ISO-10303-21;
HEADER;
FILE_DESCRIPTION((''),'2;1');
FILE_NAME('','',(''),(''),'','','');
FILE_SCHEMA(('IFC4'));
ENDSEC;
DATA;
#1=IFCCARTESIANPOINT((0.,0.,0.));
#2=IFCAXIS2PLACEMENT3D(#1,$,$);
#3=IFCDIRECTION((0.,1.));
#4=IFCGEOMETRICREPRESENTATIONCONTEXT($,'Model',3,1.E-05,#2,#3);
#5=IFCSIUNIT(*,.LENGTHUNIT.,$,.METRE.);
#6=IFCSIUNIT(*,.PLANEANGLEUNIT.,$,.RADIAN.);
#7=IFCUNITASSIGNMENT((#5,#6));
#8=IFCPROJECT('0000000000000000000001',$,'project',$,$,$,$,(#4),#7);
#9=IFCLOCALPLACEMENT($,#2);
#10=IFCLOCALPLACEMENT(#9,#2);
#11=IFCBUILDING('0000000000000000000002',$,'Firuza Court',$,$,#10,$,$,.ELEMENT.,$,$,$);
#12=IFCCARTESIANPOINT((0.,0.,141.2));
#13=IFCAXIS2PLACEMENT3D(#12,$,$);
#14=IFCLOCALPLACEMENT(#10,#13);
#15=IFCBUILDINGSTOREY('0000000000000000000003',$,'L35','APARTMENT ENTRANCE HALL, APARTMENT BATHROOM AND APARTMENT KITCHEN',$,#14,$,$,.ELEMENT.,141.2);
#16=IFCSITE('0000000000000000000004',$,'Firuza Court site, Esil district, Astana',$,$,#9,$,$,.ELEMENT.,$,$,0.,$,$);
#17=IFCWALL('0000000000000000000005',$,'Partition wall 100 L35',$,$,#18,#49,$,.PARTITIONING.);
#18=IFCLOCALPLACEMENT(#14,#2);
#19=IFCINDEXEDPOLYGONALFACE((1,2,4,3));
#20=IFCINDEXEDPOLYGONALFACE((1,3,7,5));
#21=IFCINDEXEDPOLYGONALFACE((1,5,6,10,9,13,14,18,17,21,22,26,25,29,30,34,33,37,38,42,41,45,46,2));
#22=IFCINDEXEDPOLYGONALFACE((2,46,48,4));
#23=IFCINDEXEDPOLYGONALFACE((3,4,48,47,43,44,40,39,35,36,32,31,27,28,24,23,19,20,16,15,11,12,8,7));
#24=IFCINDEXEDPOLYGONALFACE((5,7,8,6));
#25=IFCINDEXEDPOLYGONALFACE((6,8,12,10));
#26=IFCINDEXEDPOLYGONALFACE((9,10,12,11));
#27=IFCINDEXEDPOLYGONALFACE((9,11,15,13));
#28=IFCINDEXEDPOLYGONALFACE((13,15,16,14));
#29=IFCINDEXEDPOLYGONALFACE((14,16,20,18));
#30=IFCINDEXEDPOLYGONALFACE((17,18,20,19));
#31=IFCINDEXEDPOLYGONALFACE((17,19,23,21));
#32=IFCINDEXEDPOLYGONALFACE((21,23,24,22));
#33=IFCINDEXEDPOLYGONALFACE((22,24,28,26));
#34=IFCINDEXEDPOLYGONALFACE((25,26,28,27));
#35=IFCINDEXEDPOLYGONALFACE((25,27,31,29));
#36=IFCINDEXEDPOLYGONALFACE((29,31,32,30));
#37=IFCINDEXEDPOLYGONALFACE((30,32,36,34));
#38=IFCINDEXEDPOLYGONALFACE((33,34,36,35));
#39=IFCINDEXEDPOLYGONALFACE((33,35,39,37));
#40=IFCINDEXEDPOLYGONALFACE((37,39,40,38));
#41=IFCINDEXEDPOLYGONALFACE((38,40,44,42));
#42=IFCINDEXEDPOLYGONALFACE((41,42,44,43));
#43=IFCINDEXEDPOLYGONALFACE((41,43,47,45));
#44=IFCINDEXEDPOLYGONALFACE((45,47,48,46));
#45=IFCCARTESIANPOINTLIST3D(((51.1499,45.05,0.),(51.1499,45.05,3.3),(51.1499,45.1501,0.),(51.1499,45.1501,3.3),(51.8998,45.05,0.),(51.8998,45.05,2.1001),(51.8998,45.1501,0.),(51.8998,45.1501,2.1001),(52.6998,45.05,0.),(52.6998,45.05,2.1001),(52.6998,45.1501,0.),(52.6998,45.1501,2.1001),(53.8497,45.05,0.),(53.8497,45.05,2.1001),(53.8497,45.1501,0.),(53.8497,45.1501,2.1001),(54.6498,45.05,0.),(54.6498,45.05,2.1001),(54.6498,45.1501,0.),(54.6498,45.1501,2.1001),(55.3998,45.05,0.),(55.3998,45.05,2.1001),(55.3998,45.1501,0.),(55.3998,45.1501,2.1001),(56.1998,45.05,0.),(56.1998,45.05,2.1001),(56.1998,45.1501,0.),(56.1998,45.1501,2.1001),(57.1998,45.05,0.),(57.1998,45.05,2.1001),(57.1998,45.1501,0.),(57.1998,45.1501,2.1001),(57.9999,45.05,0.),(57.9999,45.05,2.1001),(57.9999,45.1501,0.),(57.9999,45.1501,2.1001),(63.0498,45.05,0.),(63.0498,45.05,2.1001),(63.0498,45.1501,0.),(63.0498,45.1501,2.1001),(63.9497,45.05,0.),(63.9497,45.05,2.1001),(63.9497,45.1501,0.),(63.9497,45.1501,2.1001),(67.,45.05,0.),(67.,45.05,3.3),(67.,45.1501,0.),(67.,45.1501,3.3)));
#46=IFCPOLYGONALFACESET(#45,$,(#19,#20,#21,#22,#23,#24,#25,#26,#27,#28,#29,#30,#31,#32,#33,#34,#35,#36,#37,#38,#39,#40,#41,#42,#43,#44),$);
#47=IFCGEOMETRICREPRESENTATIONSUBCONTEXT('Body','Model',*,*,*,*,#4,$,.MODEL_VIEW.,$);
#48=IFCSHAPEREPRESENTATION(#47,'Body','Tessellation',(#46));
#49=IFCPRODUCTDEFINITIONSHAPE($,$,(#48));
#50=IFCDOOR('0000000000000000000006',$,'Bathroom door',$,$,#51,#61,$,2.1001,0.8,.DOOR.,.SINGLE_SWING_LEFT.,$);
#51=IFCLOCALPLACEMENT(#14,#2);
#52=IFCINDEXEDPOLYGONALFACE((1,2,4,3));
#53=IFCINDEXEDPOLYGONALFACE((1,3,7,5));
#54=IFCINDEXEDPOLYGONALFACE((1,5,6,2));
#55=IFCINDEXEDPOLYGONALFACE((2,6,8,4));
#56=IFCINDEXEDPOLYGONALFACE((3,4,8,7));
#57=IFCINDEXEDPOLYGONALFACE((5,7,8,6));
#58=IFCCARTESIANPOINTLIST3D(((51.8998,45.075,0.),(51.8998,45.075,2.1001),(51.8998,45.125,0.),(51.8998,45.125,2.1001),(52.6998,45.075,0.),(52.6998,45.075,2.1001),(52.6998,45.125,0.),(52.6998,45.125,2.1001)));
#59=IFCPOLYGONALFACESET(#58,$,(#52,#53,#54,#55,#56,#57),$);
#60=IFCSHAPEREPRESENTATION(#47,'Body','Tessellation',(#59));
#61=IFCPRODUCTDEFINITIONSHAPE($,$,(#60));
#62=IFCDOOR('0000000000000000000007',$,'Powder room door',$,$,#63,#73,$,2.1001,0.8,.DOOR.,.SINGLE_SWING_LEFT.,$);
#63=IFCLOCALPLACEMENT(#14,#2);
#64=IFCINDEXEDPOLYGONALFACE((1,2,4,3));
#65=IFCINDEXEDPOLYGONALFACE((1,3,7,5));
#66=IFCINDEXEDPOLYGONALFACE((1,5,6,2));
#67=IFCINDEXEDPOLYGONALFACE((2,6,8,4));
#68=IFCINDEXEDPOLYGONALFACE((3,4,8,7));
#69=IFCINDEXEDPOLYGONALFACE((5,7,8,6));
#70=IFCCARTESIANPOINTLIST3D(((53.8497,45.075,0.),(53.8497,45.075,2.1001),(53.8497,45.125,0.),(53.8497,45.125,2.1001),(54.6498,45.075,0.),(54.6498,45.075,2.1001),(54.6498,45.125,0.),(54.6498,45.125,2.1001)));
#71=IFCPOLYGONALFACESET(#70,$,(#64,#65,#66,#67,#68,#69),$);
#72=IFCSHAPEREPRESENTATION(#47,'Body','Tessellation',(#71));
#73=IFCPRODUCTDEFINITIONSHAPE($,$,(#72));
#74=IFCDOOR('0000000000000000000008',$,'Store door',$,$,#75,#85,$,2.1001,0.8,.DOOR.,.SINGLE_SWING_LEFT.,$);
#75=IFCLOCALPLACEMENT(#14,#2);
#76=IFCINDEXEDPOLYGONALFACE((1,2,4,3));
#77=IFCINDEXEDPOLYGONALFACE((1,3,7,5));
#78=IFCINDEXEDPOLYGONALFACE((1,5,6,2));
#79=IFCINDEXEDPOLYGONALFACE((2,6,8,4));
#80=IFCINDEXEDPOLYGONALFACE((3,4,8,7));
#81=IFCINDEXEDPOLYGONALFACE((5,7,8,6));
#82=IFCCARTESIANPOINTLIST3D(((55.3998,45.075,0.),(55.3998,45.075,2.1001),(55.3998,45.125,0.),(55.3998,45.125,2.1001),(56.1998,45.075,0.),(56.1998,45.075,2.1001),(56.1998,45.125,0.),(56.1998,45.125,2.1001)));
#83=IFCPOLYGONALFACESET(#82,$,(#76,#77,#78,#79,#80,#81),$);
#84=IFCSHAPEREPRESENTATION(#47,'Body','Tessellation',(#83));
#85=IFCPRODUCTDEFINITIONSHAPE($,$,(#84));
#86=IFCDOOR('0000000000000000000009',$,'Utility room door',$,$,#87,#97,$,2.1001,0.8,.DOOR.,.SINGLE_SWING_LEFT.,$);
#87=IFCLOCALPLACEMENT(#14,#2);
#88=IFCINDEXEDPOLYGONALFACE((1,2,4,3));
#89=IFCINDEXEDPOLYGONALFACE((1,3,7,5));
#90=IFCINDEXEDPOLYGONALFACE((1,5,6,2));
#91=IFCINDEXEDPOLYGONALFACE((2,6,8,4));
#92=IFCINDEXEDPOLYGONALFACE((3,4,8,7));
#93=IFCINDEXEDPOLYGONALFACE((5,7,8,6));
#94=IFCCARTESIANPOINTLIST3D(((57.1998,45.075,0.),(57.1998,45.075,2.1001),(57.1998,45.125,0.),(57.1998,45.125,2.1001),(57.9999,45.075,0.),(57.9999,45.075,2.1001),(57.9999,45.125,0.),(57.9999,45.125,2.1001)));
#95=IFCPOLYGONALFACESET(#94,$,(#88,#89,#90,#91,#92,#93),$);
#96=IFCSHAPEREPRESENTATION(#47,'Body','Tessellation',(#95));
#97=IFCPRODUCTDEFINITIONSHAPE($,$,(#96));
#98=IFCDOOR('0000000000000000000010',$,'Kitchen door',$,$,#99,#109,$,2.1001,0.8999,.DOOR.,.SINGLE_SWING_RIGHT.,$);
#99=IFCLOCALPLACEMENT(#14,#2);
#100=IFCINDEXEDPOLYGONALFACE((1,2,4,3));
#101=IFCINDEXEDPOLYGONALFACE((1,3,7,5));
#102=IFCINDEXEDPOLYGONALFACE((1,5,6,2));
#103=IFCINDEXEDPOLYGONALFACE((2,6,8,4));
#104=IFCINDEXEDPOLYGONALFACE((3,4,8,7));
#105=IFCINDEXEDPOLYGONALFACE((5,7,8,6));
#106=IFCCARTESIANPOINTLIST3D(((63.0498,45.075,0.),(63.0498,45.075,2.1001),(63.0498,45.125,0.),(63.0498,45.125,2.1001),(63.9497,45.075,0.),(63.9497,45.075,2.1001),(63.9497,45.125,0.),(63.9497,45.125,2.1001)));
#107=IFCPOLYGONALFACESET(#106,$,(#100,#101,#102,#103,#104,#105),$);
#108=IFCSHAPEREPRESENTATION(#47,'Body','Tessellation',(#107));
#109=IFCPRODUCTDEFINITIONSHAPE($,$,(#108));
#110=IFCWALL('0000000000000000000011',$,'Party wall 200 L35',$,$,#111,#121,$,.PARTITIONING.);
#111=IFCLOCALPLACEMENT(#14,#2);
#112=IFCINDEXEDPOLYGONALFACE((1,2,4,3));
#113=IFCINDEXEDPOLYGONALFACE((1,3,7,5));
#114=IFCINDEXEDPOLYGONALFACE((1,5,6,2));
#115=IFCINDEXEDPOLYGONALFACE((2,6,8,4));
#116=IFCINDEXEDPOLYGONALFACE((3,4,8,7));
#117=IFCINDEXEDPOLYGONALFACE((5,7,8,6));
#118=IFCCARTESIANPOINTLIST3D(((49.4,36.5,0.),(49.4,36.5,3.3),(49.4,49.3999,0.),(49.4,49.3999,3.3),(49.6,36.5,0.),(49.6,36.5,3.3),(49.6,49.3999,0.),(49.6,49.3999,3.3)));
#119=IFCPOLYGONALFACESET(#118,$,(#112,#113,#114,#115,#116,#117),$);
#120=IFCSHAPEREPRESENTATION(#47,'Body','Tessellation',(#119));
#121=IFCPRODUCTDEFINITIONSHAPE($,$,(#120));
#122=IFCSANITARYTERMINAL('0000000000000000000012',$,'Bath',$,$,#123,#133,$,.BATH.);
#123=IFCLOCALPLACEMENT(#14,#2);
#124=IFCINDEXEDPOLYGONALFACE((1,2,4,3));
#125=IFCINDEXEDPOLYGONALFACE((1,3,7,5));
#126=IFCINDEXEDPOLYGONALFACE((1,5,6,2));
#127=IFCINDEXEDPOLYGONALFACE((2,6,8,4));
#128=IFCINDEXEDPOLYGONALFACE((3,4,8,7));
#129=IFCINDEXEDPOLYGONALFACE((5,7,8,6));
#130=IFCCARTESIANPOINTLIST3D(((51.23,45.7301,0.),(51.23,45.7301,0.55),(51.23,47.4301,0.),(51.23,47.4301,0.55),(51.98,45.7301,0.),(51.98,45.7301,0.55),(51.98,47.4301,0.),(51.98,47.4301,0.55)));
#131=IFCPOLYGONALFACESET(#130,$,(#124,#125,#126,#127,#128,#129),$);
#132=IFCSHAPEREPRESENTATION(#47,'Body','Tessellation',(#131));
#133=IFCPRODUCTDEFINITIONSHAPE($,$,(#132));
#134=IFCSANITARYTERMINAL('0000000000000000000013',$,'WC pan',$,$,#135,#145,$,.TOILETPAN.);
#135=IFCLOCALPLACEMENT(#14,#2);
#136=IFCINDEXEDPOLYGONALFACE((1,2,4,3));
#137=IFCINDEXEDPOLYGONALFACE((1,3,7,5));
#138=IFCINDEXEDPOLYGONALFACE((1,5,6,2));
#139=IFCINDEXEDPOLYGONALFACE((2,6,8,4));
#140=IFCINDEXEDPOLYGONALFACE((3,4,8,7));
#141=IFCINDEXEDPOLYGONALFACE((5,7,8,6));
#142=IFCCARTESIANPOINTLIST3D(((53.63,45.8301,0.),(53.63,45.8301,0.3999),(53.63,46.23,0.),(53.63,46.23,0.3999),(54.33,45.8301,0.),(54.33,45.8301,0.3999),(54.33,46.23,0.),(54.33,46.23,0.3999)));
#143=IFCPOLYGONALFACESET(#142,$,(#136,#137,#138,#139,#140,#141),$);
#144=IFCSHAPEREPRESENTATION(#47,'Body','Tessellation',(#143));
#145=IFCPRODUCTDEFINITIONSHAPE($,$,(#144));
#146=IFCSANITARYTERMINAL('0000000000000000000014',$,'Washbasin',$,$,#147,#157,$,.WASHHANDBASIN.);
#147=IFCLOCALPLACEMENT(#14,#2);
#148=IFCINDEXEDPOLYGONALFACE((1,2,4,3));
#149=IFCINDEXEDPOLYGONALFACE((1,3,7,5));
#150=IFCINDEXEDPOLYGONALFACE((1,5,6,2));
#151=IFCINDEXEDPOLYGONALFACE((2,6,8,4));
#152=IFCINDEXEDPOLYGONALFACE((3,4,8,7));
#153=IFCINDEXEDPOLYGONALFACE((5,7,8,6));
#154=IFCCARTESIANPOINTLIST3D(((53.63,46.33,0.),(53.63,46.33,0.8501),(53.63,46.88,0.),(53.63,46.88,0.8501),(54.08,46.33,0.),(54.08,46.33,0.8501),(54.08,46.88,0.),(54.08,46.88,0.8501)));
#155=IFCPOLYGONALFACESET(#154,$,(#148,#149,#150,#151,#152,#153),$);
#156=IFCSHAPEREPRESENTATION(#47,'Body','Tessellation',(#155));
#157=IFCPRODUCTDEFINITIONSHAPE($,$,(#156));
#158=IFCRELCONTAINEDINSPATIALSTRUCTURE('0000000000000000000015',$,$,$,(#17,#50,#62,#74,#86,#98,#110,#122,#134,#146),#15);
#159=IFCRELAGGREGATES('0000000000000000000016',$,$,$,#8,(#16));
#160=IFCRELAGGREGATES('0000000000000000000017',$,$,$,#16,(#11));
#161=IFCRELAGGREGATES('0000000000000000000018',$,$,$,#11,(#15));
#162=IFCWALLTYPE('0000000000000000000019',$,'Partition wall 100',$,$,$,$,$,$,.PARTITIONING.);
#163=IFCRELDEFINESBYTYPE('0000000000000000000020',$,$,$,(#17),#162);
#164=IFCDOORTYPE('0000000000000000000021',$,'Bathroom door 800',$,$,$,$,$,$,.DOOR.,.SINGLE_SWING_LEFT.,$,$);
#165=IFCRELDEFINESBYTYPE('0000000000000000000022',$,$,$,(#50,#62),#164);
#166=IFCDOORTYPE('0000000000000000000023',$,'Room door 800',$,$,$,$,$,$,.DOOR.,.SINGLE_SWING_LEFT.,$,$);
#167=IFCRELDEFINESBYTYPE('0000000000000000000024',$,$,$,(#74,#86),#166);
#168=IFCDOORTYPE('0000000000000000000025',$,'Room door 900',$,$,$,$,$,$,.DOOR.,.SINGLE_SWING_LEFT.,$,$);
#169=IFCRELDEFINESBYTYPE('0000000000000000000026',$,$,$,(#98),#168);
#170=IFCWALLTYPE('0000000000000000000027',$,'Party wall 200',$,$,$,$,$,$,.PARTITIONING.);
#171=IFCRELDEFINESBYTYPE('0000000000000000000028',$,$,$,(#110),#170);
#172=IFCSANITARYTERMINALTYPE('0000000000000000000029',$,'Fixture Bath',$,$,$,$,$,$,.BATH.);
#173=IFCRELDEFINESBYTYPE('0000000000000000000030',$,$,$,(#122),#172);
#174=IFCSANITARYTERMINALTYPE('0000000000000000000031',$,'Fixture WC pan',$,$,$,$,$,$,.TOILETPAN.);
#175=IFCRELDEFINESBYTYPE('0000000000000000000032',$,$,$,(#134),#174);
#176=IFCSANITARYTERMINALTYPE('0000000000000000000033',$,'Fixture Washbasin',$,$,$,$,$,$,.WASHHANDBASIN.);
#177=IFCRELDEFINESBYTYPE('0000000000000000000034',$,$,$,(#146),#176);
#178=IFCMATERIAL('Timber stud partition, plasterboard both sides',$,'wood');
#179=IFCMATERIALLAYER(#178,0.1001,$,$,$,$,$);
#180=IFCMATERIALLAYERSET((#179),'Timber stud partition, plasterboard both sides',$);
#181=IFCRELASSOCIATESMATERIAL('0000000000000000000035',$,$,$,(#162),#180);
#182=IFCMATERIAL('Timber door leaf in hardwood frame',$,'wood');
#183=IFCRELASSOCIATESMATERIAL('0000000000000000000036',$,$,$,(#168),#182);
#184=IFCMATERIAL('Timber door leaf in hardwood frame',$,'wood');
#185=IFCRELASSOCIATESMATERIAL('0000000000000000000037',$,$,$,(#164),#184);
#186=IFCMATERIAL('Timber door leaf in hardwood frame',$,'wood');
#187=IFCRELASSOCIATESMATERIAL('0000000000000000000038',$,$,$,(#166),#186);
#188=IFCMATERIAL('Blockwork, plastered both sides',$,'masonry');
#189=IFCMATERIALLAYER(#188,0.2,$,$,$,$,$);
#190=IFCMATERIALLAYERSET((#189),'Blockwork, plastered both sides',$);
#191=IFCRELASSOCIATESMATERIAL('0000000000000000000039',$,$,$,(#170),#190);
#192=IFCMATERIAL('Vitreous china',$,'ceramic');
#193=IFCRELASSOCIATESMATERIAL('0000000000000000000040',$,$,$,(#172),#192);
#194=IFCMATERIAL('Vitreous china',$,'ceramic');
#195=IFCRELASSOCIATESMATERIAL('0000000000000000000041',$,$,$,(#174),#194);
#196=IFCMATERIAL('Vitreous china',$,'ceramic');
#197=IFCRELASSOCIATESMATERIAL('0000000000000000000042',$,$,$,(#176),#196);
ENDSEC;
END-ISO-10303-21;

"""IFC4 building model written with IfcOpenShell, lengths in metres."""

from ifc_helpers import new_model, si_unit, direction, frame, frame_2d, origin, origin_2d, place, context, subcontext, project, spatial, rectangle, extrude, material, layer, layer_set, type_object, element, fill, save


model = new_model("IFC4")

# Units and contexts
model_context = context("Model", 3, precision=1e-05, world=origin(), true_north=direction((0.0, 1.0)))
body_context = subcontext(model_context, "Body", "Model", "MODEL_VIEW")
ifc_project = project(units=[si_unit("LENGTHUNIT", "METRE"), si_unit("PLANEANGLEUNIT", "RADIAN")], contexts=[model_context])

# Site, building, storey
site_placement = place(None, origin())
site = spatial("IfcSite", under=ifc_project, at=site_placement, Name="Firuza Court site, Esil district, Astana", CompositionType="ELEMENT", RefElevation=0.0)
building_placement = place(site_placement, origin())
building = spatial("IfcBuilding", under=site, at=building_placement, Name="Firuza Court", CompositionType="ELEMENT")
storey_placement = place(building_placement, frame((0.0, 0.0, 141.2)))
storey = spatial("IfcBuildingStorey", under=building, at=storey_placement, Name="L35", Description="APARTMENT ENTRANCE HALL, APARTMENT BATHROOM AND APARTMENT KITCHEN", CompositionType="ELEMENT", Elevation=141.2)

# Wall, openings, doors
ifc_material_1 = material(Name="Timber stud partition, plasterboard both sides", Category="wood")
ifc_layer_1 = layer(ifc_material_1, 0.1001)
ifc_layer_set_1 = layer_set([ifc_layer_1], Name="Timber stud partition, plasterboard both sides")
wall_type_1 = type_object("IfcWallType", Name="Partition wall 100", PredefinedType="PARTITIONING", material=ifc_layer_set_1)
ifc_material_2 = material(Name="Timber door leaf in hardwood frame", Category="wood")
door_type_1 = type_object("IfcDoorType", Name="Room door 900", OperationType="SINGLE_SWING_LEFT", PredefinedType="DOOR", material=ifc_material_2)
wall_1_placement = place(storey_placement, frame((51.1499, 45.1001, 0.0), z_axis=(0.0, 0.0, 1.0), x_axis=(1.0, 0.0, 0.0)))
wall_1 = element("IfcWall", 1, at=wall_1_placement, inside=storey, type_object=wall_type_1, Name="Partition wall 100 L35", PredefinedType="PARTITIONING", context=body_context, shape_type="SweptSolid", body=[
    extrude(rectangle(XDim=15.8501, YDim=0.1001, at=frame_2d((7.925, 0.0))), origin(), (0.0, 0.0, 1.0), 3.3),
])
opening_1_placement = place(wall_1_placement, frame((0.75, 0.0, 0.0)))
opening_1 = element("IfcOpeningElement", 2, at=opening_1_placement, cuts=wall_1, PredefinedType="OPENING", context=body_context, shape_type="SweptSolid", body=[
    extrude(rectangle(XDim=0.8, YDim=2.1001, at=frame_2d((0.3999, 1.05))), frame((0.0, 0.062, 0.0), z_axis=(0.0, -1.0, 0.0), x_axis=(1.0, 0.0, 0.0)), (0.0, 0.0, 1.0), 0.124),
])
opening_2_placement = place(wall_1_placement, frame((11.8999, 0.0, 0.0)))
opening_2 = element("IfcOpeningElement", 3, at=opening_2_placement, cuts=wall_1, PredefinedType="OPENING", context=body_context, shape_type="SweptSolid", body=[
    extrude(rectangle(XDim=0.8999, YDim=2.1001, at=frame_2d((0.45, 1.05))), frame((0.0, 0.062, 0.0), z_axis=(0.0, -1.0, 0.0), x_axis=(1.0, 0.0, 0.0)), (0.0, 0.0, 1.0), 0.124),
])
opening_3_placement = place(wall_1_placement, frame((4.25, 0.0, 0.0)))
opening_3 = element("IfcOpeningElement", 4, at=opening_3_placement, cuts=wall_1, PredefinedType="OPENING", context=body_context, shape_type="SweptSolid", body=[
    extrude(rectangle(XDim=0.8, YDim=2.1001, at=frame_2d((0.3999, 1.05))), frame((0.0, 0.062, 0.0), z_axis=(0.0, -1.0, 0.0), x_axis=(1.0, 0.0, 0.0)), (0.0, 0.0, 1.0), 0.124),
])
opening_4_placement = place(wall_1_placement, frame((6.05, 0.0, 0.0)))
opening_4 = element("IfcOpeningElement", 5, at=opening_4_placement, cuts=wall_1, PredefinedType="OPENING", context=body_context, shape_type="SweptSolid", body=[
    extrude(rectangle(XDim=0.8, YDim=2.1001, at=frame_2d((0.3999, 1.05))), frame((0.0, 0.062, 0.0), z_axis=(0.0, -1.0, 0.0), x_axis=(1.0, 0.0, 0.0)), (0.0, 0.0, 1.0), 0.124),
])
opening_5_placement = place(wall_1_placement, frame((2.7, 0.0, 0.0)))
opening_5 = element("IfcOpeningElement", 6, at=opening_5_placement, cuts=wall_1, PredefinedType="OPENING", context=body_context, shape_type="SweptSolid", body=[
    extrude(rectangle(XDim=0.8, YDim=2.1001, at=frame_2d((0.3999, 1.05))), frame((0.0, 0.062, 0.0), z_axis=(0.0, -1.0, 0.0), x_axis=(1.0, 0.0, 0.0)), (0.0, 0.0, 1.0), 0.124),
])
ifc_material_3 = material(Name="Timber door leaf in hardwood frame", Category="wood")
door_type_2 = type_object("IfcDoorType", Name="Bathroom door 800", OperationType="SINGLE_SWING_LEFT", PredefinedType="DOOR", material=ifc_material_3)
door_1_placement = place(opening_1_placement, origin())
door_1 = element("IfcDoor", 7, at=door_1_placement, inside=storey, type_object=door_type_2, Name="Bathroom door", OperationType="SINGLE_SWING_LEFT", OverallHeight=2.1001, OverallWidth=0.8, PredefinedType="DOOR", context=body_context, shape_type="SweptSolid", body=[
    extrude(rectangle(XDim=0.8, YDim=2.1001, at=frame_2d((0.3999, 1.05))), frame((0.0, 0.0249, 0.0), z_axis=(0.0, -1.0, 0.0), x_axis=(1.0, 0.0, 0.0)), (0.0, 0.0, 1.0), 0.05),
])
fill(opening_1, door_1)
door_2_placement = place(opening_5_placement, origin())
door_2 = element("IfcDoor", 8, at=door_2_placement, inside=storey, type_object=door_type_2, Name="Powder room door", OperationType="SINGLE_SWING_LEFT", OverallHeight=2.1001, OverallWidth=0.8, PredefinedType="DOOR", context=body_context, shape_type="SweptSolid", body=[
    extrude(rectangle(XDim=0.8, YDim=2.1001, at=frame_2d((0.3999, 1.05))), frame((0.0, 0.0249, 0.0), z_axis=(0.0, -1.0, 0.0), x_axis=(1.0, 0.0, 0.0)), (0.0, 0.0, 1.0), 0.05),
])
fill(opening_5, door_2)
ifc_material_4 = material(Name="Timber door leaf in hardwood frame", Category="wood")
door_type_3 = type_object("IfcDoorType", Name="Room door 800", OperationType="SINGLE_SWING_LEFT", PredefinedType="DOOR", material=ifc_material_4)
door_3_placement = place(opening_3_placement, origin())
door_3 = element("IfcDoor", 9, at=door_3_placement, inside=storey, type_object=door_type_3, Name="Store door", OperationType="SINGLE_SWING_LEFT", OverallHeight=2.1001, OverallWidth=0.8, PredefinedType="DOOR", context=body_context, shape_type="SweptSolid", body=[
    extrude(rectangle(XDim=0.8, YDim=2.1001, at=frame_2d((0.3999, 1.05))), frame((0.0, 0.0249, 0.0), z_axis=(0.0, -1.0, 0.0), x_axis=(1.0, 0.0, 0.0)), (0.0, 0.0, 1.0), 0.05),
])
fill(opening_3, door_3)
door_4_placement = place(opening_4_placement, origin())
door_4 = element("IfcDoor", 10, at=door_4_placement, inside=storey, type_object=door_type_3, Name="Utility room door", OperationType="SINGLE_SWING_LEFT", OverallHeight=2.1001, OverallWidth=0.8, PredefinedType="DOOR", context=body_context, shape_type="SweptSolid", body=[
    extrude(rectangle(XDim=0.8, YDim=2.1001, at=frame_2d((0.3999, 1.05))), frame((0.0, 0.0249, 0.0), z_axis=(0.0, -1.0, 0.0), x_axis=(1.0, 0.0, 0.0)), (0.0, 0.0, 1.0), 0.05),
])
fill(opening_4, door_4)
door_5_placement = place(opening_2_placement, origin())
door_5 = element("IfcDoor", 11, at=door_5_placement, inside=storey, type_object=door_type_1, Name="Kitchen door", OperationType="SINGLE_SWING_RIGHT", OverallHeight=2.1001, OverallWidth=0.8999, PredefinedType="DOOR", context=body_context, shape_type="SweptSolid", body=[
    extrude(rectangle(XDim=0.8999, YDim=2.1001, at=frame_2d((0.45, 1.05))), frame((0.0, 0.0249, 0.0), z_axis=(0.0, -1.0, 0.0), x_axis=(1.0, 0.0, 0.0)), (0.0, 0.0, 1.0), 0.05),
])
fill(opening_2, door_5)

# Wall
ifc_material_5 = material(Name="Blockwork, plastered both sides", Category="masonry")
ifc_layer_2 = layer(ifc_material_5, 0.2)
ifc_layer_set_2 = layer_set([ifc_layer_2], Name="Blockwork, plastered both sides")
wall_type_2 = type_object("IfcWallType", Name="Party wall 200", PredefinedType="PARTITIONING", material=ifc_layer_set_2)
wall_2_placement = place(storey_placement, frame((49.5, 36.5, 0.0), z_axis=(0.0, 0.0, 1.0), x_axis=(0.0, 1.0, 0.0)))
element("IfcWall", 12, at=wall_2_placement, inside=storey, type_object=wall_type_2, Name="Party wall 200 L35", PredefinedType="PARTITIONING", context=body_context, shape_type="SweptSolid", body=[
    extrude(rectangle(XDim=12.8999, YDim=0.2, at=frame_2d((6.45, 0.0))), origin(), (0.0, 0.0, 1.0), 3.3),
])

# Sanitary terminals
ifc_material_6 = material(Name="Vitreous china", Category="ceramic")
sanitary_terminal_type_1 = type_object("IfcSanitaryTerminalType", Name="Fixture Bath", PredefinedType="BATH", material=ifc_material_6)
sanitary_terminal_1_placement = place(storey_placement, frame((51.605, 46.5801, 0.0), z_axis=(0.0, 0.0, 1.0), x_axis=(1.0, 0.0, 0.0)))
element("IfcSanitaryTerminal", 13, at=sanitary_terminal_1_placement, inside=storey, type_object=sanitary_terminal_type_1, Name="Bath", PredefinedType="BATH", context=body_context, shape_type="SweptSolid", body=[
    extrude(rectangle(XDim=0.75, YDim=1.7, at=origin_2d()), origin(), (0.0, 0.0, 1.0), 0.55),
])
ifc_material_7 = material(Name="Vitreous china", Category="ceramic")
sanitary_terminal_type_2 = type_object("IfcSanitaryTerminalType", Name="Fixture WC pan", PredefinedType="TOILETPAN", material=ifc_material_7)
sanitary_terminal_2_placement = place(storey_placement, frame((53.98, 46.03, 0.0), z_axis=(0.0, 0.0, 1.0), x_axis=(1.0, 0.0, 0.0)))
element("IfcSanitaryTerminal", 14, at=sanitary_terminal_2_placement, inside=storey, type_object=sanitary_terminal_type_2, Name="WC pan", PredefinedType="TOILETPAN", context=body_context, shape_type="SweptSolid", body=[
    extrude(rectangle(XDim=0.7, YDim=0.3999, at=origin_2d()), origin(), (0.0, 0.0, 1.0), 0.3999),
])
ifc_material_8 = material(Name="Vitreous china", Category="ceramic")
sanitary_terminal_type_3 = type_object("IfcSanitaryTerminalType", Name="Fixture Washbasin", PredefinedType="WASHHANDBASIN", material=ifc_material_8)
sanitary_terminal_3_placement = place(storey_placement, frame((53.855, 46.605, 0.0), z_axis=(0.0, 0.0, 1.0), x_axis=(1.0, 0.0, 0.0)))
element("IfcSanitaryTerminal", 15, at=sanitary_terminal_3_placement, inside=storey, type_object=sanitary_terminal_type_3, Name="Washbasin", PredefinedType="WASHHANDBASIN", context=body_context, shape_type="SweptSolid", body=[
    extrude(rectangle(XDim=0.45, YDim=0.55, at=origin_2d()), origin(), (0.0, 0.0, 1.0), 0.8501),
])

save(model, "model.ifc")
